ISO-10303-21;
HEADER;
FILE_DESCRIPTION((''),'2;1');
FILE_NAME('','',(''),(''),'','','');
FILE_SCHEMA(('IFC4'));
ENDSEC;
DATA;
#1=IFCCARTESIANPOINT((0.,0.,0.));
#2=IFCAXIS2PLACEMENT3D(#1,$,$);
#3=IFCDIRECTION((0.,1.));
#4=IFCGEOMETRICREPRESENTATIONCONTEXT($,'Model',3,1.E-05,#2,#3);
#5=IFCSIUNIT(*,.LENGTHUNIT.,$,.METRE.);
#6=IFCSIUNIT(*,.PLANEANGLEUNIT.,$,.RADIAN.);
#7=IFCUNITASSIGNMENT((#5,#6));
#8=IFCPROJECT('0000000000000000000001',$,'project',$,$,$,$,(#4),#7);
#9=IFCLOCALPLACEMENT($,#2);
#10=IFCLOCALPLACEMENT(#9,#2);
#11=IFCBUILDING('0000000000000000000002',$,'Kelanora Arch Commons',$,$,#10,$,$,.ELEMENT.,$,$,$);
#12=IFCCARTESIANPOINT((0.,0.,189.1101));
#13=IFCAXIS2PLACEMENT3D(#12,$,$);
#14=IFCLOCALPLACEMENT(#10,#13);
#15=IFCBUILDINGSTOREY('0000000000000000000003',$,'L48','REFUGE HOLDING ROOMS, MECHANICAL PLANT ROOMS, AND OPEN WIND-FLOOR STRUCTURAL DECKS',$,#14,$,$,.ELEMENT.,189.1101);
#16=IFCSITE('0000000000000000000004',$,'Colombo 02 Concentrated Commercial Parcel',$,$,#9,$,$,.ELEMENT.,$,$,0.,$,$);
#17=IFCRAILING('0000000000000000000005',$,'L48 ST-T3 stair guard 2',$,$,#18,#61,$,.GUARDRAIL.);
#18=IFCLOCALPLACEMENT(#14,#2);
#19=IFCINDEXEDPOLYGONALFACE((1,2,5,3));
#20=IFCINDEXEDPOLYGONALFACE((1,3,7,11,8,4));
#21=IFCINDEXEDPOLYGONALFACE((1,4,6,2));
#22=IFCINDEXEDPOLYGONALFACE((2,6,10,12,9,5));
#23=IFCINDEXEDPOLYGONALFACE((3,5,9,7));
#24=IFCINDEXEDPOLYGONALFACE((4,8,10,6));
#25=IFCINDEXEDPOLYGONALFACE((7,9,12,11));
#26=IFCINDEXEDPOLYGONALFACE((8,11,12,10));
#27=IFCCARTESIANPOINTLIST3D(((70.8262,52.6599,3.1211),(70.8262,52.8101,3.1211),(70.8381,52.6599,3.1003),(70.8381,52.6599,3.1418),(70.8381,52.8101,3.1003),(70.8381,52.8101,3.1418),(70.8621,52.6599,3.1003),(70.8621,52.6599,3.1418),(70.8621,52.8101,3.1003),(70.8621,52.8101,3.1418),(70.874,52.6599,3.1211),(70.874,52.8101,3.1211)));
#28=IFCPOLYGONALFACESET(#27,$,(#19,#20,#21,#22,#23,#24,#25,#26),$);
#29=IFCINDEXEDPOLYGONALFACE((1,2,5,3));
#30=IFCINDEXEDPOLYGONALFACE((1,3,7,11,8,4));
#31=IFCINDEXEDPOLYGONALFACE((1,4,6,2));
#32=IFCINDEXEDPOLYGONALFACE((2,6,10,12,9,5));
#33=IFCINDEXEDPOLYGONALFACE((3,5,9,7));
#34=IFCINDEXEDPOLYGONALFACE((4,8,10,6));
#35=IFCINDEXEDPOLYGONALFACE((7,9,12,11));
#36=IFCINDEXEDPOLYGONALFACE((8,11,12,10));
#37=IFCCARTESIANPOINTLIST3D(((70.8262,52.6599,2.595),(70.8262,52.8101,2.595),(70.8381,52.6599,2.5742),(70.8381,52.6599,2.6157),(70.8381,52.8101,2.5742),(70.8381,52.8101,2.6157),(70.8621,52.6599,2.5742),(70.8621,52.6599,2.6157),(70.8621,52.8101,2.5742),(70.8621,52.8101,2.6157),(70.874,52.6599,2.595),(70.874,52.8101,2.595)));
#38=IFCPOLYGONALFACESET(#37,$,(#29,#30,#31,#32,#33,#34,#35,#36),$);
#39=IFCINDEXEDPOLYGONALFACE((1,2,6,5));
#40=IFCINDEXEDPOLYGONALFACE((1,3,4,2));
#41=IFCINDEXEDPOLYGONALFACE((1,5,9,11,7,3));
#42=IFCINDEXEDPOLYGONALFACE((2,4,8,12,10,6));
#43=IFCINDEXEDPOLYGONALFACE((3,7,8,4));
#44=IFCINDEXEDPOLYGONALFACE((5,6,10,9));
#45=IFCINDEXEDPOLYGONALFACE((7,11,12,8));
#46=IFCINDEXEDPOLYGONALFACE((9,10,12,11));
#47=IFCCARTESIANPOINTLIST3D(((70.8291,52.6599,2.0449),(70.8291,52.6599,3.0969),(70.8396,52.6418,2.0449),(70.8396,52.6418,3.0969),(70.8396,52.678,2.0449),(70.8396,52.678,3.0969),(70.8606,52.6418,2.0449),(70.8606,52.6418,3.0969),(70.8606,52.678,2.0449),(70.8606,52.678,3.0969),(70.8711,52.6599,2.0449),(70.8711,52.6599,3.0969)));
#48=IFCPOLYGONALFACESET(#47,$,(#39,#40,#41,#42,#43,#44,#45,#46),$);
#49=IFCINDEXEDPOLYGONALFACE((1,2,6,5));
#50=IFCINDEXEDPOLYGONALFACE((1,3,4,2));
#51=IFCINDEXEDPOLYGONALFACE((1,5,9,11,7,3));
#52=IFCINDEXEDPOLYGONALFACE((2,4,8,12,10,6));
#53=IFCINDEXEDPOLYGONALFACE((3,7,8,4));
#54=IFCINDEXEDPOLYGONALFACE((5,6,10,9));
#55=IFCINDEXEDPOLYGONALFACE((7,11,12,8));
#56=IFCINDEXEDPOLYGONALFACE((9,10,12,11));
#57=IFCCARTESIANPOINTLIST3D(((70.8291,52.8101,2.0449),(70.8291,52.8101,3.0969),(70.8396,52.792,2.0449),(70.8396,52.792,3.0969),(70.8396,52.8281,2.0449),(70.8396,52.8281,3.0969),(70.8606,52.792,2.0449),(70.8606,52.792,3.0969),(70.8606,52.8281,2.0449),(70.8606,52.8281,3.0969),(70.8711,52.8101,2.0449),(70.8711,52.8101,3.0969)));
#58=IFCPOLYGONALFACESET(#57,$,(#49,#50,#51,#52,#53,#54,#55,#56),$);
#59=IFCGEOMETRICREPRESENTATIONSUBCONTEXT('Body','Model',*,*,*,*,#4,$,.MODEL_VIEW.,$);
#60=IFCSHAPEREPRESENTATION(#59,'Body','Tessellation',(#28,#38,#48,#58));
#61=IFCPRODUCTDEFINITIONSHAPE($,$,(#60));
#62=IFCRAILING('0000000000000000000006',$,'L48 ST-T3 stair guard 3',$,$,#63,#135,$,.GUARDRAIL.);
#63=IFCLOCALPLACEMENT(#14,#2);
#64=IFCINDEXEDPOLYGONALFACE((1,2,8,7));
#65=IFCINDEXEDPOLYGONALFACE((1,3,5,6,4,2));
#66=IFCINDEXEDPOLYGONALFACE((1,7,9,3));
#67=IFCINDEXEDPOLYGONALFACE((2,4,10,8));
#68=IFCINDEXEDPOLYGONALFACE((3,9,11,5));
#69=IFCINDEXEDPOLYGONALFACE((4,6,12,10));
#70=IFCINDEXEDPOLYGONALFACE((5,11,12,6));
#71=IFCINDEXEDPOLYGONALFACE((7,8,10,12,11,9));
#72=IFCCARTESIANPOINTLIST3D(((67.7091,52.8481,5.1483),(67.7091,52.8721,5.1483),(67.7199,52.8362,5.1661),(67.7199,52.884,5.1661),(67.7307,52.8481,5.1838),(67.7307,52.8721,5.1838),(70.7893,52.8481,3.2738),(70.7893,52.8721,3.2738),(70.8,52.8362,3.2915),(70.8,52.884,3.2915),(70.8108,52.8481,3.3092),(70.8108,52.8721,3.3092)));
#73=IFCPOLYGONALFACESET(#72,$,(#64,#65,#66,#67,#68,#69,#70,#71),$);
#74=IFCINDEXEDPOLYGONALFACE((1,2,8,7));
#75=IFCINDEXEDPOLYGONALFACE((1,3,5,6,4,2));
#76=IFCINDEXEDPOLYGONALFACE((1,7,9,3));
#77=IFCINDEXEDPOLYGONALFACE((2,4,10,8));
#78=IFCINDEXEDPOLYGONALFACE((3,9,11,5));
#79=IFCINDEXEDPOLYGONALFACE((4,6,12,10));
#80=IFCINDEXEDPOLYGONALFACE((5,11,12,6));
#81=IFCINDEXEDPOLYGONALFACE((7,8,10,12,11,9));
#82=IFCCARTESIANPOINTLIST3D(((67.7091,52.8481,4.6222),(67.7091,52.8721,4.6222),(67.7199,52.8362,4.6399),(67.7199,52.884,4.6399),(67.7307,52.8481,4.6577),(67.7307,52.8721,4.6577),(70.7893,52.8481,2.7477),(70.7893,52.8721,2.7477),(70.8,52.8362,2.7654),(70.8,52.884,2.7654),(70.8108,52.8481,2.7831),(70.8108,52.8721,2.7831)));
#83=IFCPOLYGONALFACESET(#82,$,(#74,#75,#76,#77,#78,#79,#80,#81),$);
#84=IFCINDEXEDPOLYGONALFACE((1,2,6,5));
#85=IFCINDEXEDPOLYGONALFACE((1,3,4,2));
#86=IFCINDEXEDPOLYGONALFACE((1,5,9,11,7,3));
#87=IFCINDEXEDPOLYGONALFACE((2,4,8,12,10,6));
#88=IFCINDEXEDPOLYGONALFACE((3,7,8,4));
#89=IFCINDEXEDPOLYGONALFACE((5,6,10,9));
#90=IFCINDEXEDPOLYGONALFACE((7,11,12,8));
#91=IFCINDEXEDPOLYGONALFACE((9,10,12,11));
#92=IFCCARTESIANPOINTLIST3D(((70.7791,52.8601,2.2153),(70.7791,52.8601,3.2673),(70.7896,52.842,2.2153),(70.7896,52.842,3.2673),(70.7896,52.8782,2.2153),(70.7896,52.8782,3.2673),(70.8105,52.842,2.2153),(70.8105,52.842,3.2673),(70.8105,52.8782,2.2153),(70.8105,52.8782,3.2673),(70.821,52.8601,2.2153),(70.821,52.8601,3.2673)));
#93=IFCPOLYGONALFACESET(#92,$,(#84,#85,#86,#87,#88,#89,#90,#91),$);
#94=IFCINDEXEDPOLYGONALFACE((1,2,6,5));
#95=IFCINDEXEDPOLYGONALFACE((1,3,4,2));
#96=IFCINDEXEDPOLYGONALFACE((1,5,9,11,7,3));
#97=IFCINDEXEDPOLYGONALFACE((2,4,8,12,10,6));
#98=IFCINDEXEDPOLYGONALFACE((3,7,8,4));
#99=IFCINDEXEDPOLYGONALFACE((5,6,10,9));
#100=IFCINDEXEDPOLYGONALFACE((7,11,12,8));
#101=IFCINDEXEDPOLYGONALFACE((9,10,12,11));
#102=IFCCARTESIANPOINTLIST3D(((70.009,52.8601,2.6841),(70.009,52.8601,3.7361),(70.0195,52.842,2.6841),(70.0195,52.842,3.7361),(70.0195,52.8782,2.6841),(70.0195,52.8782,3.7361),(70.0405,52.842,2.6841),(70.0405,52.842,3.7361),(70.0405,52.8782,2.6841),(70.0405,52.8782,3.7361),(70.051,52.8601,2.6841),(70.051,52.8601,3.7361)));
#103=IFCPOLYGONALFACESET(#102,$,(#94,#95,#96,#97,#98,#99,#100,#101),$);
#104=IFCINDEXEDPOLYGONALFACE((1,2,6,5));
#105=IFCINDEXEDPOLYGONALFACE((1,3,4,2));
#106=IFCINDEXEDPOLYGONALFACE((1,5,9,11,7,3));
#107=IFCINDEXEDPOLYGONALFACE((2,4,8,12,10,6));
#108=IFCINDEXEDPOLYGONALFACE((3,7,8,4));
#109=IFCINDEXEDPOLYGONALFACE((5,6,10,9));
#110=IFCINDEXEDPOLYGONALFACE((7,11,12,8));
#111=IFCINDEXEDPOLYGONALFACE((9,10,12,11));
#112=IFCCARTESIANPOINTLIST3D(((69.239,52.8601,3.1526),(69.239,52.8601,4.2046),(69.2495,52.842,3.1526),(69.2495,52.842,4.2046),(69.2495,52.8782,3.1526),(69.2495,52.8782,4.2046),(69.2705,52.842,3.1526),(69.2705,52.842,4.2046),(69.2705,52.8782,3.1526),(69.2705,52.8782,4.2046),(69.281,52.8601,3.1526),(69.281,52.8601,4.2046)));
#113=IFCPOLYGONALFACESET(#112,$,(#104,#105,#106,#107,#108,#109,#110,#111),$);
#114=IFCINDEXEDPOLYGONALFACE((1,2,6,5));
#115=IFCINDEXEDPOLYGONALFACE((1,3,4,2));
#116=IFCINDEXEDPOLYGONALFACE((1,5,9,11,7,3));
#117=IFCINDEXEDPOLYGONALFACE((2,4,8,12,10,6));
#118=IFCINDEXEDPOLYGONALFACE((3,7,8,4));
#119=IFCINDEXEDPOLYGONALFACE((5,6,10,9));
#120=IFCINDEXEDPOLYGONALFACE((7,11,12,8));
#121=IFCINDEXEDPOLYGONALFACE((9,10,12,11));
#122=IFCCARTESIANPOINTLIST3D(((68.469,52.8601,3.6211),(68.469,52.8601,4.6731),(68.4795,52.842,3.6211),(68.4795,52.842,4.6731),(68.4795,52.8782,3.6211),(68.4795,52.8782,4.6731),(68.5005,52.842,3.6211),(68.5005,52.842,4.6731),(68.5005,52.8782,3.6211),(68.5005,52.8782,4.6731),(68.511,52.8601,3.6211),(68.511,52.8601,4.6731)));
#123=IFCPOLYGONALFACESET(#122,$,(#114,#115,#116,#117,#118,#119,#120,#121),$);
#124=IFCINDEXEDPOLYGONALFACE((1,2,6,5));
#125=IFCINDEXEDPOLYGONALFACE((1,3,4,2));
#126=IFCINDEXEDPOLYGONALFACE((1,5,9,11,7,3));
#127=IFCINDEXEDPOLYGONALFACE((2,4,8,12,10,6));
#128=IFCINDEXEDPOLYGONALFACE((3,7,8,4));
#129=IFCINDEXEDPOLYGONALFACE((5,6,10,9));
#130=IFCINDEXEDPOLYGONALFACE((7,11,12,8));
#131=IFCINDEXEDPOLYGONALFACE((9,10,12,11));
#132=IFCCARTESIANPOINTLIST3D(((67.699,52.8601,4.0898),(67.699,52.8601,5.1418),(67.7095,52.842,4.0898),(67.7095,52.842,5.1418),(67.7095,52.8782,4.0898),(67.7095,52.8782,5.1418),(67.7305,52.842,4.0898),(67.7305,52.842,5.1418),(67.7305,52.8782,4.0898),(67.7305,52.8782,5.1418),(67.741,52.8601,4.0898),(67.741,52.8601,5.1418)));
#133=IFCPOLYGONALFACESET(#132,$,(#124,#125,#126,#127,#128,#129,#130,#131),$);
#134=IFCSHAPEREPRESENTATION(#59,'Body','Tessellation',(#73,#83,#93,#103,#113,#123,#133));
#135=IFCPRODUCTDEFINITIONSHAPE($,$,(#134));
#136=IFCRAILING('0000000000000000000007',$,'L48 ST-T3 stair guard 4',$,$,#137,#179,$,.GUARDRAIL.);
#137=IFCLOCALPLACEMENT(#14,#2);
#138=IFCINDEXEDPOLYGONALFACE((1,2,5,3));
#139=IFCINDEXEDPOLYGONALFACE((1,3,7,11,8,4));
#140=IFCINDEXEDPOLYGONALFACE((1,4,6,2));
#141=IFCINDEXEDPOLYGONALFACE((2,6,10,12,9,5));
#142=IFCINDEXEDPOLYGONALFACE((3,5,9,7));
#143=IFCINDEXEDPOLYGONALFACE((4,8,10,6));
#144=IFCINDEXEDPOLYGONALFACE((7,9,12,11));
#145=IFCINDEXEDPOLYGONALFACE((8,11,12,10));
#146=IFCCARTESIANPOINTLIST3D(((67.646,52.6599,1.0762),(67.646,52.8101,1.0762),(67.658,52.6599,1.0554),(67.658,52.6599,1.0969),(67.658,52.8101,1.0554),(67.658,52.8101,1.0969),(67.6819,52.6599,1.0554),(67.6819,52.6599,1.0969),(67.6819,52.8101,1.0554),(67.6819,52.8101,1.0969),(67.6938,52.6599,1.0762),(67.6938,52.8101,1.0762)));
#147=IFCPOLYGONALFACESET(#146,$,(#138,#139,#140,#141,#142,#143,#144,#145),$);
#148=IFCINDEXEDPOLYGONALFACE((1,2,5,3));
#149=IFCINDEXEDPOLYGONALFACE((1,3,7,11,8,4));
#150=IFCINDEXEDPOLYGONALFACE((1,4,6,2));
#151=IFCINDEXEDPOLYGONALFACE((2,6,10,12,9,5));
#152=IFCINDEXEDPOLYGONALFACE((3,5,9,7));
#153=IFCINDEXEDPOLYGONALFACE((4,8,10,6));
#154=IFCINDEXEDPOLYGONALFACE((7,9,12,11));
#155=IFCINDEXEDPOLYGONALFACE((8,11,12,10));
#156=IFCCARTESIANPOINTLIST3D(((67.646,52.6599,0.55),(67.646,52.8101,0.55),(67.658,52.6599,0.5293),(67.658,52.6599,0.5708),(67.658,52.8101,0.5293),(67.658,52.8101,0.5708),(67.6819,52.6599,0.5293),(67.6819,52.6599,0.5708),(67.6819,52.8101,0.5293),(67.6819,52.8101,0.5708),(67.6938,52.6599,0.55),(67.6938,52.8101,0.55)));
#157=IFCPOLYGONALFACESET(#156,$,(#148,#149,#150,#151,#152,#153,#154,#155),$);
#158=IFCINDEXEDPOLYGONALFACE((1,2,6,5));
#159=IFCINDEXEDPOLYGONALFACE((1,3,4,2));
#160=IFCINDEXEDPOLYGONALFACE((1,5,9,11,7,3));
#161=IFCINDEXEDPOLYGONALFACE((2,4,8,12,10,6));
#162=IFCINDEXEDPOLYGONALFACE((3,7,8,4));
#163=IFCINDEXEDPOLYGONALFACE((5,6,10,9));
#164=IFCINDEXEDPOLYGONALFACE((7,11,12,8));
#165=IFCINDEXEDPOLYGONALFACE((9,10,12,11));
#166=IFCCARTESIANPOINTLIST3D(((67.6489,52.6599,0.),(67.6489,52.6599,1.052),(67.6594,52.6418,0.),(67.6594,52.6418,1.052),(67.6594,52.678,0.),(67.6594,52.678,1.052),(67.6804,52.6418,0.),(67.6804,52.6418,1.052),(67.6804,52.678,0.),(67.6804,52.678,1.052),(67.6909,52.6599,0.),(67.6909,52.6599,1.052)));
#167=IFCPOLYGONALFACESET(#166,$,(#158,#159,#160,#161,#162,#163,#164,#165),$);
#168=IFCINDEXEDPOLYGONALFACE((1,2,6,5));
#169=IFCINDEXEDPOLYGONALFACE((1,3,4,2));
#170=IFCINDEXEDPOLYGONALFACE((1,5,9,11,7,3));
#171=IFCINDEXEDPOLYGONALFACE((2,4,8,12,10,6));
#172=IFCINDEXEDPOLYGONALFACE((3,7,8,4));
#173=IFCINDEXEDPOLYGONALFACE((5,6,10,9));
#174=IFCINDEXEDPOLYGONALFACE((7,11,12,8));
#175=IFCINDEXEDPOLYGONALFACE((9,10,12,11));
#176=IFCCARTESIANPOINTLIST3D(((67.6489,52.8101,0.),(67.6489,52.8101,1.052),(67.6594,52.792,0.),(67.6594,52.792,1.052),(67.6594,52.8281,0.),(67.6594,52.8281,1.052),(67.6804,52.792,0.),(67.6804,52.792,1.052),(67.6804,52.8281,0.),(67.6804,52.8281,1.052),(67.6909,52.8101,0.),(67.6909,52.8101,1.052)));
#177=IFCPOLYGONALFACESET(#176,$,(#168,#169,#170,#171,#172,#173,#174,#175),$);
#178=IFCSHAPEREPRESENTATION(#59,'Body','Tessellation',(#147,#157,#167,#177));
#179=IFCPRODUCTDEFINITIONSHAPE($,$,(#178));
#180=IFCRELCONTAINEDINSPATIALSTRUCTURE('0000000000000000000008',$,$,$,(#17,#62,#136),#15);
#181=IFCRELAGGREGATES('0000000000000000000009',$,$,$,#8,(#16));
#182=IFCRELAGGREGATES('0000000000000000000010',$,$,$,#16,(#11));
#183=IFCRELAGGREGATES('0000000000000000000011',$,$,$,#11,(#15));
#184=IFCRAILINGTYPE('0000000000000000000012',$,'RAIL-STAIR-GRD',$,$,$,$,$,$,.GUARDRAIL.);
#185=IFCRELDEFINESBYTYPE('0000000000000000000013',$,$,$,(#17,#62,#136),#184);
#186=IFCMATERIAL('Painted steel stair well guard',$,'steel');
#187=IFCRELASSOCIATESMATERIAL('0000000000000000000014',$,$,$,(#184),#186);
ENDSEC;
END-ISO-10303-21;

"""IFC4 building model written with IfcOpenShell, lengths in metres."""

from ifc_helpers import new_model, si_unit, direction, frame, origin, place, context, subcontext, project, spatial, polyline, outline, extrude, material, type_object, element, save


model = new_model("IFC4")

# Units and contexts
model_context = context("Model", 3, precision=1e-05, world=origin(), true_north=direction((0.0, 1.0)))
body_context = subcontext(model_context, "Body", "Model", "MODEL_VIEW")
ifc_project = project(units=[si_unit("LENGTHUNIT", "METRE"), si_unit("PLANEANGLEUNIT", "RADIAN")], contexts=[model_context])

# Site, building, storey
site_placement = place(None, origin())
site = spatial("IfcSite", under=ifc_project, at=site_placement, Name="Colombo 02 Concentrated Commercial Parcel", CompositionType="ELEMENT", RefElevation=0.0)
building_placement = place(site_placement, origin())
building = spatial("IfcBuilding", under=site, at=building_placement, Name="Kelanora Arch Commons", CompositionType="ELEMENT")
storey_placement = place(building_placement, frame((0.0, 0.0, 189.1101)))
storey = spatial("IfcBuildingStorey", under=building, at=storey_placement, Name="L48", Description="REFUGE HOLDING ROOMS, MECHANICAL PLANT ROOMS, AND OPEN WIND-FLOOR STRUCTURAL DECKS", CompositionType="ELEMENT", Elevation=189.1101)

# Railings
ifc_material_1 = material(Name="Painted steel stair well guard", Category="steel")
railing_type_1 = type_object("IfcRailingType", Name="RAIL-STAIR-GRD", PredefinedType="GUARDRAIL", material=ifc_material_1)
railing_1_placement = place(storey_placement, frame((70.8501, 52.6599, 2.0449)))
element("IfcRailing", 1, at=railing_1_placement, inside=storey, type_object=railing_type_1, Name="L48 ST-T3 stair guard 2", PredefinedType="GUARDRAIL", context=body_context, shape_type="SweptSolid", body=[
    extrude(outline(polyline([(0.0239, 0.0), (0.012, 0.0208), (-0.012, 0.0208), (-0.0239, 0.0), (-0.012, -0.0208), (0.012, -0.0208), (0.0239, 0.0)])), frame((0.0, 0.0, 1.0762), z_axis=(0.0, 1.0, 0.0), x_axis=(-1.0, 0.0, 0.0)), (0.0, 0.0, 1.0), 0.1501),
    extrude(outline(polyline([(0.0239, 0.0), (0.012, 0.0208), (-0.012, 0.0208), (-0.0239, 0.0), (-0.012, -0.0208), (0.012, -0.0208), (0.0239, 0.0)])), frame((0.0, 0.0, 0.55), z_axis=(0.0, 1.0, 0.0), x_axis=(-1.0, 0.0, 0.0)), (0.0, 0.0, 1.0), 0.1501),
    extrude(outline(polyline([(0.021, 0.0), (0.0105, 0.0181), (-0.0105, 0.0181), (-0.021, 0.0), (-0.0105, -0.0181), (0.0105, -0.0181), (0.021, 0.0)])), origin(), (0.0, 0.0, 1.0), 1.052),
    extrude(outline(polyline([(0.021, 0.0), (0.0105, 0.0181), (-0.0105, 0.0181), (-0.021, 0.0), (-0.0105, -0.0181), (0.0105, -0.0181), (0.021, 0.0)])), frame((0.0, 0.1501, 0.0)), (0.0, 0.0, 1.0), 1.052),
])
railing_2_placement = place(storey_placement, frame((70.8, 52.8601, 2.2153)))
element("IfcRailing", 2, at=railing_2_placement, inside=storey, type_object=railing_type_1, Name="L48 ST-T3 stair guard 3", PredefinedType="GUARDRAIL", context=body_context, shape_type="SweptSolid", body=[
    extrude(outline(polyline([(0.0239, 0.0), (0.012, 0.0208), (-0.012, 0.0208), (-0.0239, 0.0), (-0.012, -0.0208), (0.012, -0.0208), (0.0239, 0.0)])), frame((0.0, 0.0, 1.0762), z_axis=(-0.854238, 0.0, 0.519883), x_axis=(0.0, -1.0, 0.0)), (0.0, 0.0, 1.0), 3.6057),
    extrude(outline(polyline([(0.0239, 0.0), (0.012, 0.0208), (-0.012, 0.0208), (-0.0239, 0.0), (-0.012, -0.0208), (0.012, -0.0208), (0.0239, 0.0)])), frame((0.0, 0.0, 0.55), z_axis=(-0.854238, 0.0, 0.519883), x_axis=(0.0, -1.0, 0.0)), (0.0, 0.0, 1.0), 3.6057),
    extrude(outline(polyline([(0.021, 0.0), (0.0105, 0.0181), (-0.0105, 0.0181), (-0.021, 0.0), (-0.0105, -0.0181), (0.0105, -0.0181), (0.021, 0.0)])), origin(), (0.0, 0.0, 1.0), 1.052),
    extrude(outline(polyline([(0.021, 0.0), (0.0105, 0.0181), (-0.0105, 0.0181), (-0.021, 0.0), (-0.0105, -0.0181), (0.0105, -0.0181), (0.021, 0.0)])), frame((-0.77, 0.0, 0.4688)), (0.0, 0.0, 1.0), 1.052),
    extrude(outline(polyline([(0.021, 0.0), (0.0105, 0.0181), (-0.0105, 0.0181), (-0.021, 0.0), (-0.0105, -0.0181), (0.0105, -0.0181), (0.021, 0.0)])), frame((-1.54, 0.0, 0.9373)), (0.0, 0.0, 1.0), 1.052),
    extrude(outline(polyline([(0.021, 0.0), (0.0105, 0.0181), (-0.0105, 0.0181), (-0.021, 0.0), (-0.0105, -0.0181), (0.0105, -0.0181), (0.021, 0.0)])), frame((-2.3101, 0.0, 1.4058)), (0.0, 0.0, 1.0), 1.052),
    extrude(outline(polyline([(0.021, 0.0), (0.0105, 0.0181), (-0.0105, 0.0181), (-0.021, 0.0), (-0.0105, -0.0181), (0.0105, -0.0181), (0.021, 0.0)])), frame((-3.0801, 0.0, 1.8745)), (0.0, 0.0, 1.0), 1.052),
])
railing_3_placement = place(storey_placement, frame((67.6699, 52.6599, 0.0)))
element("IfcRailing", 3, at=railing_3_placement, inside=storey, type_object=railing_type_1, Name="L48 ST-T3 stair guard 4", PredefinedType="GUARDRAIL", context=body_context, shape_type="SweptSolid", body=[
    extrude(outline(polyline([(0.0239, 0.0), (0.012, 0.0208), (-0.012, 0.0208), (-0.0239, 0.0), (-0.012, -0.0208), (0.012, -0.0208), (0.0239, 0.0)])), frame((0.0, 0.0, 1.0762), z_axis=(0.0, 1.0, 0.0), x_axis=(-1.0, 0.0, 0.0)), (0.0, 0.0, 1.0), 0.1501),
    extrude(outline(polyline([(0.0239, 0.0), (0.012, 0.0208), (-0.012, 0.0208), (-0.0239, 0.0), (-0.012, -0.0208), (0.012, -0.0208), (0.0239, 0.0)])), frame((0.0, 0.0, 0.55), z_axis=(0.0, 1.0, 0.0), x_axis=(-1.0, 0.0, 0.0)), (0.0, 0.0, 1.0), 0.1501),
    extrude(outline(polyline([(0.021, 0.0), (0.0105, 0.0181), (-0.0105, 0.0181), (-0.021, 0.0), (-0.0105, -0.0181), (0.0105, -0.0181), (0.021, 0.0)])), origin(), (0.0, 0.0, 1.0), 1.052),
    extrude(outline(polyline([(0.021, 0.0), (0.0105, 0.0181), (-0.0105, 0.0181), (-0.021, 0.0), (-0.0105, -0.0181), (0.0105, -0.0181), (0.021, 0.0)])), frame((0.0, 0.1501, 0.0)), (0.0, 0.0, 1.0), 1.052),
])

save(model, "model.ifc")
